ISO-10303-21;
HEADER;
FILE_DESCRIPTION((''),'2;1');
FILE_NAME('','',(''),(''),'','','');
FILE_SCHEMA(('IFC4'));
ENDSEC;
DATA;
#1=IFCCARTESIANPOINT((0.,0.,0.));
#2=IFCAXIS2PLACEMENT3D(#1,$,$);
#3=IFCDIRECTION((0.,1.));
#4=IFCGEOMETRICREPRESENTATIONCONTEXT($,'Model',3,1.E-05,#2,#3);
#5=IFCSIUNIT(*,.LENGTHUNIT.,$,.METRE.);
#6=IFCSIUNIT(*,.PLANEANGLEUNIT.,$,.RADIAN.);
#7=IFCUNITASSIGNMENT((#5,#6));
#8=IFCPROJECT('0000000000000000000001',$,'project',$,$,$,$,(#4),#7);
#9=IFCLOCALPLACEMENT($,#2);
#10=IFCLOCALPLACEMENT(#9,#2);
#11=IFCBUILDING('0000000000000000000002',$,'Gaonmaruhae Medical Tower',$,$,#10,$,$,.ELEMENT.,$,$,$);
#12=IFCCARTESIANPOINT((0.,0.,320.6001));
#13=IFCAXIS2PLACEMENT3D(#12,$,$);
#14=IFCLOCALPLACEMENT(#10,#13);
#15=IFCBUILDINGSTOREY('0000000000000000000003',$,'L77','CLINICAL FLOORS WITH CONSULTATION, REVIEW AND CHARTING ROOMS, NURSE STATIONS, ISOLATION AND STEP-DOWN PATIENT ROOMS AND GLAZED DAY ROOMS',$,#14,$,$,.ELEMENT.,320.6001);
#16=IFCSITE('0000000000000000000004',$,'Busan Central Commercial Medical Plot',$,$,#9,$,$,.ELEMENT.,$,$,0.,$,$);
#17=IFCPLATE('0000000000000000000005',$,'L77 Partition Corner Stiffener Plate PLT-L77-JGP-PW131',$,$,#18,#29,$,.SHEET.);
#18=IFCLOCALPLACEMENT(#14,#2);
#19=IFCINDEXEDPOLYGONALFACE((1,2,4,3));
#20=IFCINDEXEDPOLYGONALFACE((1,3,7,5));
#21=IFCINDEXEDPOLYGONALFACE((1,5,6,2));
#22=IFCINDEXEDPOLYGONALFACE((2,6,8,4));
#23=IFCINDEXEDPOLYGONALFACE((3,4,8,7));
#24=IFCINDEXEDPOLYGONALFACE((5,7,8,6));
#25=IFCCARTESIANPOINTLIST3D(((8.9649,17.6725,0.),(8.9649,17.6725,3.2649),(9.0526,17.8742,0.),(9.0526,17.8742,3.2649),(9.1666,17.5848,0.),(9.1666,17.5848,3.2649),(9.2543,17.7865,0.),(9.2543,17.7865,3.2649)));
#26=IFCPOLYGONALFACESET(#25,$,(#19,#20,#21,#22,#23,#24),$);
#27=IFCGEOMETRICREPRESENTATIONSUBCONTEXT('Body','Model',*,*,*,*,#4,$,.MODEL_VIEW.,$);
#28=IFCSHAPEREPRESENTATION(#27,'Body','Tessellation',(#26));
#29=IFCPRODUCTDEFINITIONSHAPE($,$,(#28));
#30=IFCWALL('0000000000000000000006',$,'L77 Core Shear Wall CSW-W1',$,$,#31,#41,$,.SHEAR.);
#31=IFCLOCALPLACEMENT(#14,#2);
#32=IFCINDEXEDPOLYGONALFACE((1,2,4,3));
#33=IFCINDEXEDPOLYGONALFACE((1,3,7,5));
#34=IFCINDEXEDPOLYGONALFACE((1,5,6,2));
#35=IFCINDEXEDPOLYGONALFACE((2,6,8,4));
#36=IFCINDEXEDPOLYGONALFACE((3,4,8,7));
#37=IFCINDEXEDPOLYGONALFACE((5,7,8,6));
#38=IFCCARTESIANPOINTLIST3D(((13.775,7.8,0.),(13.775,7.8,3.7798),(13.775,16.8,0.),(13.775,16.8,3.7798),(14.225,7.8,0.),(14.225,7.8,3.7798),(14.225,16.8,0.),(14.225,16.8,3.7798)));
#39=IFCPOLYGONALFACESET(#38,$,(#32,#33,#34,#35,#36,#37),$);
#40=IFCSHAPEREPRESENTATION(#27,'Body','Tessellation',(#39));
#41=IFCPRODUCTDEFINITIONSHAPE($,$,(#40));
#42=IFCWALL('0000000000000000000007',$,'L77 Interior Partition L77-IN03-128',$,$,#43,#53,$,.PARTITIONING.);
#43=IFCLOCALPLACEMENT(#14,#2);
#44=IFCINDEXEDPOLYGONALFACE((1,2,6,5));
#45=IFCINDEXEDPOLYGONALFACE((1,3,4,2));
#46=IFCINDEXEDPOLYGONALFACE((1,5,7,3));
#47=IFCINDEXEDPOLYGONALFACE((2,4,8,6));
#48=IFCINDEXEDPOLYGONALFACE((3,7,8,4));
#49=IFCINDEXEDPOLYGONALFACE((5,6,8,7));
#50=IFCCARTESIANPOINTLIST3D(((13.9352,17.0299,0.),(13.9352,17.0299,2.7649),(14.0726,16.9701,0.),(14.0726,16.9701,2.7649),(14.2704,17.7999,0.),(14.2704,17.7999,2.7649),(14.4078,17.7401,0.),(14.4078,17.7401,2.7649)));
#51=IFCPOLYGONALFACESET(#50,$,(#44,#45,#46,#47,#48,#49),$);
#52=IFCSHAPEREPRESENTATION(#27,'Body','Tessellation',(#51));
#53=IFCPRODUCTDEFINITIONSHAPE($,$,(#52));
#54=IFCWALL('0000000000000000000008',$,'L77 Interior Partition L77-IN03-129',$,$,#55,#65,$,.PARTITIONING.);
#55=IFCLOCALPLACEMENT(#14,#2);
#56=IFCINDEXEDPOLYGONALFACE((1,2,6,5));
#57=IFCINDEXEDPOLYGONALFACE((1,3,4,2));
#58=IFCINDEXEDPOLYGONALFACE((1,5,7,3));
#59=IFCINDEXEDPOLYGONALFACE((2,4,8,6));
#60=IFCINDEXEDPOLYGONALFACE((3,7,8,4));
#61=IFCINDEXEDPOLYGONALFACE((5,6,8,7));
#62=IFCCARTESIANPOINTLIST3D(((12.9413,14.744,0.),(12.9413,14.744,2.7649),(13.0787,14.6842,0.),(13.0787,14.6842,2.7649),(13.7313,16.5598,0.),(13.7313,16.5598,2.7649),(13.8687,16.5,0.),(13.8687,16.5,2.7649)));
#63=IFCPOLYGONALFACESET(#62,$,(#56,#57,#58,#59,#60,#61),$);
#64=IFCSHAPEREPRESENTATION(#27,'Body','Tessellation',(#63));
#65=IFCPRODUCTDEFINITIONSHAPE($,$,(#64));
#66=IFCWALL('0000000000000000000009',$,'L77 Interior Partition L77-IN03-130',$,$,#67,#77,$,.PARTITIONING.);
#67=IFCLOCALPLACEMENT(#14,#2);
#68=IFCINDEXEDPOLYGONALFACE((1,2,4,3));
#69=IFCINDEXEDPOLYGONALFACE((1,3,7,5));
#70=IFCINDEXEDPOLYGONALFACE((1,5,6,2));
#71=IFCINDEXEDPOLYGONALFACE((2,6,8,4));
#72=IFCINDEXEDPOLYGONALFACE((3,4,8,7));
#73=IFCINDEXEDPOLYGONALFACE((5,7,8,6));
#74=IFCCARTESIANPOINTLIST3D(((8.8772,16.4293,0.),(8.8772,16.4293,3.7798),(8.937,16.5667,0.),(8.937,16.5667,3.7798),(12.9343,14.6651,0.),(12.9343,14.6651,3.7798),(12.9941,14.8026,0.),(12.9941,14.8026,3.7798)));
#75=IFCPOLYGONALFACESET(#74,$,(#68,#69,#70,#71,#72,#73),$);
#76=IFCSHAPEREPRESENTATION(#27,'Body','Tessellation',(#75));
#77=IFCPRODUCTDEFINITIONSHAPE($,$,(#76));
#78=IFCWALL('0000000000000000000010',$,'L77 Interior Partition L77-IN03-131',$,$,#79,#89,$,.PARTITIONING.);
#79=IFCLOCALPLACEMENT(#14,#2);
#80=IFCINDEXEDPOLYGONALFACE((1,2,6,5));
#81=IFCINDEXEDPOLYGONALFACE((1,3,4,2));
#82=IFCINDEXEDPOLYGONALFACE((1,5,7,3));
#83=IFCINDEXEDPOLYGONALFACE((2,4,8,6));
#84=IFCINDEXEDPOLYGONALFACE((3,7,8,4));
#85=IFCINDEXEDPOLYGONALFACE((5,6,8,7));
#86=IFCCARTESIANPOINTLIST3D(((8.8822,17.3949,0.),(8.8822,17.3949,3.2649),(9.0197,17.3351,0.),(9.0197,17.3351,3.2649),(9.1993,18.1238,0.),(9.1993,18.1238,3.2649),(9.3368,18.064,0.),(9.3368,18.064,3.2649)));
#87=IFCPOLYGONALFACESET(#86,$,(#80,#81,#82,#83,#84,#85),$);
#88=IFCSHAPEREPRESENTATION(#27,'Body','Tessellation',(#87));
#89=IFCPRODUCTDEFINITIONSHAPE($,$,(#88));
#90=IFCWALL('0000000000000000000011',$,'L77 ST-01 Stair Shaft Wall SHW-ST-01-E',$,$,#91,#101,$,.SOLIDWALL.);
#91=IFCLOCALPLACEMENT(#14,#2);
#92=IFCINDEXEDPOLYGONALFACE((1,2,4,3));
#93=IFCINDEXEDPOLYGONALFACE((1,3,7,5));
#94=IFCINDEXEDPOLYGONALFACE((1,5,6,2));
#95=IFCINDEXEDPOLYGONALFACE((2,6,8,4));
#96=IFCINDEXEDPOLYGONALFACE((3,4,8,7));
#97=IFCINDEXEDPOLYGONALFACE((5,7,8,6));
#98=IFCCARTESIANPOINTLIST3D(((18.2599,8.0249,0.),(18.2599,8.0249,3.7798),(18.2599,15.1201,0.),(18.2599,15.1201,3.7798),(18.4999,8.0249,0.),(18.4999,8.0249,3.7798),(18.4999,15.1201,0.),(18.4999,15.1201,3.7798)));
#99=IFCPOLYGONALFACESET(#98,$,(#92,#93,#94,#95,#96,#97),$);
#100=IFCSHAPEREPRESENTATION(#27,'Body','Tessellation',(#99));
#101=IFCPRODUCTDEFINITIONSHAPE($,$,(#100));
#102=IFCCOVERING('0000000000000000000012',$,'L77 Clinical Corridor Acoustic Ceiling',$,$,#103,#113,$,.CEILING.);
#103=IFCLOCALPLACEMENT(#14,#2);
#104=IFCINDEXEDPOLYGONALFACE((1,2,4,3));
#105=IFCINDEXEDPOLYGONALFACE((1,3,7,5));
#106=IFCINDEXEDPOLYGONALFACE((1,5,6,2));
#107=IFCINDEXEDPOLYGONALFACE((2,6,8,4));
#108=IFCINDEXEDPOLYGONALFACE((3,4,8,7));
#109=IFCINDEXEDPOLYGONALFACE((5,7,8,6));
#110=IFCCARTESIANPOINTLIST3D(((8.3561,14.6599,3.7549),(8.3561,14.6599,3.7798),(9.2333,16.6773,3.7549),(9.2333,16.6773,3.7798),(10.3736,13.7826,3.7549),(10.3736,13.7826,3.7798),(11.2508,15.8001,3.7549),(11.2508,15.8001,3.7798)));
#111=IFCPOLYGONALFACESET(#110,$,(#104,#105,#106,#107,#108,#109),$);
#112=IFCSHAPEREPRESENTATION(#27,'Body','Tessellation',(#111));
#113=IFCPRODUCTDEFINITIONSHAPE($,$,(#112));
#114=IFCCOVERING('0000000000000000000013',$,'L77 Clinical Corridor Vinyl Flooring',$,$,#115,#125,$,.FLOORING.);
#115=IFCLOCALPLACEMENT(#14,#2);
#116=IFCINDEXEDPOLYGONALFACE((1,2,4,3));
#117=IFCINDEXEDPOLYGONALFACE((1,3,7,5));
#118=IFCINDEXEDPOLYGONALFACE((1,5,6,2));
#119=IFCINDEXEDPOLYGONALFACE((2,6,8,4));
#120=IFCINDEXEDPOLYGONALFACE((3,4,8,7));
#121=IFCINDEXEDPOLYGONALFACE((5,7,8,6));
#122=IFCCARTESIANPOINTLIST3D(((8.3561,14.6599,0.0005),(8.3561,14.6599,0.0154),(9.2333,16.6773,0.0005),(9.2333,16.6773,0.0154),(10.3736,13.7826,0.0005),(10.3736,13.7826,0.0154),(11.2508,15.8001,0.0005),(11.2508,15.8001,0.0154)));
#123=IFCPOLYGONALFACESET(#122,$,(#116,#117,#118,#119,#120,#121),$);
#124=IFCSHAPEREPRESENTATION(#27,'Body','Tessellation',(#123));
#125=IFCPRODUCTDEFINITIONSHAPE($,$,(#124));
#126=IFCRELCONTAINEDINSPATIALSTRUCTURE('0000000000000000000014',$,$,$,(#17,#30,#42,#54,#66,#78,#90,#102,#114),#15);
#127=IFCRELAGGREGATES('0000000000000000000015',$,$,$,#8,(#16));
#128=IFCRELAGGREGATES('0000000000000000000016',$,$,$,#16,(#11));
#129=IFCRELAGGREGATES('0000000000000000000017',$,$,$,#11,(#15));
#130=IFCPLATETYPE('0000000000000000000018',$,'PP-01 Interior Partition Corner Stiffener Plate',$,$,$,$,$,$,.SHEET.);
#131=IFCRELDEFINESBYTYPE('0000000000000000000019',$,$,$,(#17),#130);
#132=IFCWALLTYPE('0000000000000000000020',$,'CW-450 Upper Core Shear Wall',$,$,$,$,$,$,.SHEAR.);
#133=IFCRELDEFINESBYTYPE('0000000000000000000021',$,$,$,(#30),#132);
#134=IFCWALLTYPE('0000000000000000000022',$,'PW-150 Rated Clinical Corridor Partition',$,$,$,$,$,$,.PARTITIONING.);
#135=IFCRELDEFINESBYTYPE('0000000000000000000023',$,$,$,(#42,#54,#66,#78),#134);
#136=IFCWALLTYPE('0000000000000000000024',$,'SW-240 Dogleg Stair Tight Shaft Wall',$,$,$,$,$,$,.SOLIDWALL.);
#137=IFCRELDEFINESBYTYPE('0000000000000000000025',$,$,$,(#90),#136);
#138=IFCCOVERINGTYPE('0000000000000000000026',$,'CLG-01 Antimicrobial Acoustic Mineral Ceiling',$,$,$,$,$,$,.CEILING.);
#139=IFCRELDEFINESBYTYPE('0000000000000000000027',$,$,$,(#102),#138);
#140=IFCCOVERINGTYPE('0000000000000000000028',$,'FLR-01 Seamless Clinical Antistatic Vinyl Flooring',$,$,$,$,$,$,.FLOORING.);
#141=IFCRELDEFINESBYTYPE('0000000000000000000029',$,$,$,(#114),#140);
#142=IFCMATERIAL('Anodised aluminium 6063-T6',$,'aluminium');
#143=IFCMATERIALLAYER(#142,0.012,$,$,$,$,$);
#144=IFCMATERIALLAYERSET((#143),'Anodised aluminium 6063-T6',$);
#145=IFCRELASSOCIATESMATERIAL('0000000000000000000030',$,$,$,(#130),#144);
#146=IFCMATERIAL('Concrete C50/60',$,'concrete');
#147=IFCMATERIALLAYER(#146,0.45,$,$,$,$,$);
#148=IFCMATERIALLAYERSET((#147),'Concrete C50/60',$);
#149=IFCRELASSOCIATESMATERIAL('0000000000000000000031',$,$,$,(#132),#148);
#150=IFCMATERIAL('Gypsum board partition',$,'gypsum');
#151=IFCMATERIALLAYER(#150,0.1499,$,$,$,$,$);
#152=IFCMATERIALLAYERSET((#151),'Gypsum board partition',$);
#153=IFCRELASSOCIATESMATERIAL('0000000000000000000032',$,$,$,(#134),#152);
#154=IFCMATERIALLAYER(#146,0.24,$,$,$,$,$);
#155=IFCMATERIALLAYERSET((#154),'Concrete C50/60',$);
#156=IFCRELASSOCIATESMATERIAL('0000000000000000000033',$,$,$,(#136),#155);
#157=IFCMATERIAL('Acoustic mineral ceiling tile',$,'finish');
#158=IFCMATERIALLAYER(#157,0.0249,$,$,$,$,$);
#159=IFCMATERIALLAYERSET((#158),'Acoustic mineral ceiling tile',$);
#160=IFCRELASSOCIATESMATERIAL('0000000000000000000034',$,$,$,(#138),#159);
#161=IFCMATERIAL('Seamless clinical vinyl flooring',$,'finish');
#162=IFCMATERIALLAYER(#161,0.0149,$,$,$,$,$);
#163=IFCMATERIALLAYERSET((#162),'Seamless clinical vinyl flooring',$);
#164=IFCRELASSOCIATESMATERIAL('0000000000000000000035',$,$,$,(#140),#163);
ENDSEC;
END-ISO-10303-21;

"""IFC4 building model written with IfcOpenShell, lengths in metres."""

from ifc_helpers import new_model, si_unit, direction, frame, frame_2d, origin, origin_2d, place, context, subcontext, project, spatial, rectangle, extrude, material, layer, layer_set, type_object, element, save


model = new_model("IFC4")

# Units and contexts
model_context = context("Model", 3, precision=1e-05, world=origin(), true_north=direction((0.0, 1.0)))
body_context = subcontext(model_context, "Body", "Model", "MODEL_VIEW")
ifc_project = project(units=[si_unit("LENGTHUNIT", "METRE"), si_unit("PLANEANGLEUNIT", "RADIAN")], contexts=[model_context])

# Site, building, storey
site_placement = place(None, origin())
site = spatial("IfcSite", under=ifc_project, at=site_placement, Name="Busan Central Commercial Medical Plot", CompositionType="ELEMENT", RefElevation=0.0)
building_placement = place(site_placement, origin())
building = spatial("IfcBuilding", under=site, at=building_placement, Name="Gaonmaruhae Medical Tower", CompositionType="ELEMENT")
storey_placement = place(building_placement, frame((0.0, 0.0, 320.6001)))
storey = spatial("IfcBuildingStorey", under=building, at=storey_placement, Name="L77", Description="CLINICAL FLOORS WITH CONSULTATION, REVIEW AND CHARTING ROOMS, NURSE STATIONS, ISOLATION AND STEP-DOWN PATIENT ROOMS AND GLAZED DAY ROOMS", CompositionType="ELEMENT", Elevation=320.6001)

# Shared definitions
ifc_material_1 = material(Name="Concrete C50/60", Category="concrete")

# Plate
ifc_material_2 = material(Name="Anodised aluminium 6063-T6", Category="aluminium")
ifc_layer_1 = layer(ifc_material_2, 0.012)
ifc_layer_set_1 = layer_set([ifc_layer_1], Name="Anodised aluminium 6063-T6")
plate_type_1 = type_object("IfcPlateType", Name="PP-01 Interior Partition Corner Stiffener Plate", PredefinedType="SHEET", material=ifc_layer_set_1)
plate_1_placement = place(storey_placement, frame((9.1096, 17.7295, 0.0), z_axis=(0.0, 0.0, 1.0), x_axis=(0.398765, 0.917053, 0.0)))
element("IfcPlate", 1, at=plate_1_placement, inside=storey, type_object=plate_type_1, Name="L77 Partition Corner Stiffener Plate PLT-L77-JGP-PW131", PredefinedType="SHEET", context=body_context, shape_type="SweptSolid", body=[
    extrude(rectangle(XDim=0.22, YDim=0.22, at=origin_2d()), origin(), (0.0, 0.0, 1.0), 3.2649),
])

# Walls
ifc_layer_2 = layer(ifc_material_1, 0.45)
ifc_layer_set_2 = layer_set([ifc_layer_2], Name="Concrete C50/60")
wall_type_1 = type_object("IfcWallType", Name="CW-450 Upper Core Shear Wall", PredefinedType="SHEAR", material=ifc_layer_set_2)
wall_1_placement = place(storey_placement, frame((14.0, 16.8, 0.0), z_axis=(0.0, 0.0, 1.0), x_axis=(0.0, -1.0, 0.0)))
element("IfcWall", 2, at=wall_1_placement, inside=storey, type_object=wall_type_1, Name="L77 Core Shear Wall CSW-W1", PredefinedType="SHEAR", context=body_context, shape_type="SweptSolid", body=[
    extrude(rectangle(XDim=9.0, YDim=0.45, at=frame_2d((4.5, 0.0))), origin(), (0.0, 0.0, 1.0), 3.7798),
])
ifc_material_3 = material(Name="Gypsum board partition", Category="gypsum")
ifc_layer_3 = layer(ifc_material_3, 0.1499)
ifc_layer_set_3 = layer_set([ifc_layer_3], Name="Gypsum board partition")
wall_type_2 = type_object("IfcWallType", Name="PW-150 Rated Clinical Corridor Partition", PredefinedType="PARTITIONING", material=ifc_layer_set_3)
wall_2_placement = place(storey_placement, frame((14.3391, 17.77, 0.0), z_axis=(0.0, 0.0, 1.0), x_axis=(-0.399141, -0.91689, 0.0)))
element("IfcWall", 3, at=wall_2_placement, inside=storey, type_object=wall_type_2, Name="L77 Interior Partition L77-IN03-128", PredefinedType="PARTITIONING", context=body_context, shape_type="SweptSolid", body=[
    extrude(rectangle(XDim=0.8398, YDim=0.1499, at=frame_2d((0.4199, 0.0))), origin(), (0.0, 0.0, 1.0), 2.7649),
])
wall_3_placement = place(storey_placement, frame((13.8, 16.53, 0.0), z_axis=(0.0, 0.0, 1.0), x_axis=(-0.398942, -0.916976, 0.0)))
element("IfcWall", 4, at=wall_3_placement, inside=storey, type_object=wall_type_2, Name="L77 Interior Partition L77-IN03-129", PredefinedType="PARTITIONING", context=body_context, shape_type="SweptSolid", body=[
    extrude(rectangle(XDim=1.9802, YDim=0.1499, at=frame_2d((0.9902, 0.0))), origin(), (0.0, 0.0, 1.0), 2.7649),
])
wall_4_placement = place(storey_placement, frame((12.9641, 14.7339, 0.0), z_axis=(0.0, 0.0, 1.0), x_axis=(-0.917054, 0.398762, 0.0)))
element("IfcWall", 5, at=wall_4_placement, inside=storey, type_object=wall_type_2, Name="L77 Interior Partition L77-IN03-130", PredefinedType="PARTITIONING", context=body_context, shape_type="SweptSolid", body=[
    extrude(rectangle(XDim=4.4241, YDim=0.1499, at=frame_2d((2.2119, 0.0))), origin(), (0.0, 0.0, 1.0), 3.7798),
])
wall_5_placement = place(storey_placement, frame((8.9509, 17.365, 0.0), z_axis=(0.0, 0.0, 1.0), x_axis=(0.398917, 0.916987, 0.0)))
element("IfcWall", 6, at=wall_5_placement, inside=storey, type_object=wall_type_2, Name="L77 Interior Partition L77-IN03-131", PredefinedType="PARTITIONING", context=body_context, shape_type="SweptSolid", body=[
    extrude(rectangle(XDim=0.7949, YDim=0.1499, at=frame_2d((0.3975, 0.0))), origin(), (0.0, 0.0, 1.0), 3.2649),
])

# Shared definitions
ifc_layer_4 = layer(ifc_material_1, 0.24)
ifc_layer_set_4 = layer_set([ifc_layer_4], Name="Concrete C50/60")
wall_type_3 = type_object("IfcWallType", Name="SW-240 Dogleg Stair Tight Shaft Wall", PredefinedType="SOLIDWALL", material=ifc_layer_set_4)

# Wall
wall_6_placement = place(storey_placement, frame((18.3799, 15.1201, 0.0), z_axis=(0.0, 0.0, 1.0), x_axis=(0.0, -1.0, 0.0)))
element("IfcWall", 7, at=wall_6_placement, inside=storey, type_object=wall_type_3, Name="L77 ST-01 Stair Shaft Wall SHW-ST-01-E", PredefinedType="SOLIDWALL", context=body_context, shape_type="SweptSolid", body=[
    extrude(rectangle(XDim=7.0952, YDim=0.24, at=frame_2d((3.5476, 0.0))), origin(), (0.0, 0.0, 1.0), 3.7798),
])

# Coverings
ifc_material_4 = material(Name="Acoustic mineral ceiling tile", Category="finish")
ifc_layer_5 = layer(ifc_material_4, 0.0249)
ifc_layer_set_5 = layer_set([ifc_layer_5], Name="Acoustic mineral ceiling tile")
covering_type_1 = type_object("IfcCoveringType", Name="CLG-01 Antimicrobial Acoustic Mineral Ceiling", PredefinedType="CEILING", material=ifc_layer_set_5)
covering_1_placement = place(storey_placement, frame((9.8035, 15.23, 3.7549), z_axis=(0.0, 0.0, 1.0), x_axis=(0.398749, 0.91706, 0.0)))
element("IfcCovering", 8, at=covering_1_placement, inside=storey, type_object=covering_type_1, Name="L77 Clinical Corridor Acoustic Ceiling", PredefinedType="CEILING", context=body_context, shape_type="SweptSolid", body=[
    extrude(rectangle(XDim=2.2, YDim=2.2, at=origin_2d()), origin(), (0.0, 0.0, 1.0), 0.0249),
])
ifc_material_5 = material(Name="Seamless clinical vinyl flooring", Category="finish")
ifc_layer_6 = layer(ifc_material_5, 0.0149)
ifc_layer_set_6 = layer_set([ifc_layer_6], Name="Seamless clinical vinyl flooring")
covering_type_2 = type_object("IfcCoveringType", Name="FLR-01 Seamless Clinical Antistatic Vinyl Flooring", PredefinedType="FLOORING", material=ifc_layer_set_6)
covering_2_placement = place(storey_placement, frame((9.8035, 15.23, 0.0005), z_axis=(0.0, 0.0, 1.0), x_axis=(0.398749, 0.91706, 0.0)))
element("IfcCovering", 9, at=covering_2_placement, inside=storey, type_object=covering_type_2, Name="L77 Clinical Corridor Vinyl Flooring", PredefinedType="FLOORING", context=body_context, shape_type="SweptSolid", body=[
    extrude(rectangle(XDim=2.2, YDim=2.2, at=origin_2d()), origin(), (0.0, 0.0, 1.0), 0.0149),
])

save(model, "model.ifc")
